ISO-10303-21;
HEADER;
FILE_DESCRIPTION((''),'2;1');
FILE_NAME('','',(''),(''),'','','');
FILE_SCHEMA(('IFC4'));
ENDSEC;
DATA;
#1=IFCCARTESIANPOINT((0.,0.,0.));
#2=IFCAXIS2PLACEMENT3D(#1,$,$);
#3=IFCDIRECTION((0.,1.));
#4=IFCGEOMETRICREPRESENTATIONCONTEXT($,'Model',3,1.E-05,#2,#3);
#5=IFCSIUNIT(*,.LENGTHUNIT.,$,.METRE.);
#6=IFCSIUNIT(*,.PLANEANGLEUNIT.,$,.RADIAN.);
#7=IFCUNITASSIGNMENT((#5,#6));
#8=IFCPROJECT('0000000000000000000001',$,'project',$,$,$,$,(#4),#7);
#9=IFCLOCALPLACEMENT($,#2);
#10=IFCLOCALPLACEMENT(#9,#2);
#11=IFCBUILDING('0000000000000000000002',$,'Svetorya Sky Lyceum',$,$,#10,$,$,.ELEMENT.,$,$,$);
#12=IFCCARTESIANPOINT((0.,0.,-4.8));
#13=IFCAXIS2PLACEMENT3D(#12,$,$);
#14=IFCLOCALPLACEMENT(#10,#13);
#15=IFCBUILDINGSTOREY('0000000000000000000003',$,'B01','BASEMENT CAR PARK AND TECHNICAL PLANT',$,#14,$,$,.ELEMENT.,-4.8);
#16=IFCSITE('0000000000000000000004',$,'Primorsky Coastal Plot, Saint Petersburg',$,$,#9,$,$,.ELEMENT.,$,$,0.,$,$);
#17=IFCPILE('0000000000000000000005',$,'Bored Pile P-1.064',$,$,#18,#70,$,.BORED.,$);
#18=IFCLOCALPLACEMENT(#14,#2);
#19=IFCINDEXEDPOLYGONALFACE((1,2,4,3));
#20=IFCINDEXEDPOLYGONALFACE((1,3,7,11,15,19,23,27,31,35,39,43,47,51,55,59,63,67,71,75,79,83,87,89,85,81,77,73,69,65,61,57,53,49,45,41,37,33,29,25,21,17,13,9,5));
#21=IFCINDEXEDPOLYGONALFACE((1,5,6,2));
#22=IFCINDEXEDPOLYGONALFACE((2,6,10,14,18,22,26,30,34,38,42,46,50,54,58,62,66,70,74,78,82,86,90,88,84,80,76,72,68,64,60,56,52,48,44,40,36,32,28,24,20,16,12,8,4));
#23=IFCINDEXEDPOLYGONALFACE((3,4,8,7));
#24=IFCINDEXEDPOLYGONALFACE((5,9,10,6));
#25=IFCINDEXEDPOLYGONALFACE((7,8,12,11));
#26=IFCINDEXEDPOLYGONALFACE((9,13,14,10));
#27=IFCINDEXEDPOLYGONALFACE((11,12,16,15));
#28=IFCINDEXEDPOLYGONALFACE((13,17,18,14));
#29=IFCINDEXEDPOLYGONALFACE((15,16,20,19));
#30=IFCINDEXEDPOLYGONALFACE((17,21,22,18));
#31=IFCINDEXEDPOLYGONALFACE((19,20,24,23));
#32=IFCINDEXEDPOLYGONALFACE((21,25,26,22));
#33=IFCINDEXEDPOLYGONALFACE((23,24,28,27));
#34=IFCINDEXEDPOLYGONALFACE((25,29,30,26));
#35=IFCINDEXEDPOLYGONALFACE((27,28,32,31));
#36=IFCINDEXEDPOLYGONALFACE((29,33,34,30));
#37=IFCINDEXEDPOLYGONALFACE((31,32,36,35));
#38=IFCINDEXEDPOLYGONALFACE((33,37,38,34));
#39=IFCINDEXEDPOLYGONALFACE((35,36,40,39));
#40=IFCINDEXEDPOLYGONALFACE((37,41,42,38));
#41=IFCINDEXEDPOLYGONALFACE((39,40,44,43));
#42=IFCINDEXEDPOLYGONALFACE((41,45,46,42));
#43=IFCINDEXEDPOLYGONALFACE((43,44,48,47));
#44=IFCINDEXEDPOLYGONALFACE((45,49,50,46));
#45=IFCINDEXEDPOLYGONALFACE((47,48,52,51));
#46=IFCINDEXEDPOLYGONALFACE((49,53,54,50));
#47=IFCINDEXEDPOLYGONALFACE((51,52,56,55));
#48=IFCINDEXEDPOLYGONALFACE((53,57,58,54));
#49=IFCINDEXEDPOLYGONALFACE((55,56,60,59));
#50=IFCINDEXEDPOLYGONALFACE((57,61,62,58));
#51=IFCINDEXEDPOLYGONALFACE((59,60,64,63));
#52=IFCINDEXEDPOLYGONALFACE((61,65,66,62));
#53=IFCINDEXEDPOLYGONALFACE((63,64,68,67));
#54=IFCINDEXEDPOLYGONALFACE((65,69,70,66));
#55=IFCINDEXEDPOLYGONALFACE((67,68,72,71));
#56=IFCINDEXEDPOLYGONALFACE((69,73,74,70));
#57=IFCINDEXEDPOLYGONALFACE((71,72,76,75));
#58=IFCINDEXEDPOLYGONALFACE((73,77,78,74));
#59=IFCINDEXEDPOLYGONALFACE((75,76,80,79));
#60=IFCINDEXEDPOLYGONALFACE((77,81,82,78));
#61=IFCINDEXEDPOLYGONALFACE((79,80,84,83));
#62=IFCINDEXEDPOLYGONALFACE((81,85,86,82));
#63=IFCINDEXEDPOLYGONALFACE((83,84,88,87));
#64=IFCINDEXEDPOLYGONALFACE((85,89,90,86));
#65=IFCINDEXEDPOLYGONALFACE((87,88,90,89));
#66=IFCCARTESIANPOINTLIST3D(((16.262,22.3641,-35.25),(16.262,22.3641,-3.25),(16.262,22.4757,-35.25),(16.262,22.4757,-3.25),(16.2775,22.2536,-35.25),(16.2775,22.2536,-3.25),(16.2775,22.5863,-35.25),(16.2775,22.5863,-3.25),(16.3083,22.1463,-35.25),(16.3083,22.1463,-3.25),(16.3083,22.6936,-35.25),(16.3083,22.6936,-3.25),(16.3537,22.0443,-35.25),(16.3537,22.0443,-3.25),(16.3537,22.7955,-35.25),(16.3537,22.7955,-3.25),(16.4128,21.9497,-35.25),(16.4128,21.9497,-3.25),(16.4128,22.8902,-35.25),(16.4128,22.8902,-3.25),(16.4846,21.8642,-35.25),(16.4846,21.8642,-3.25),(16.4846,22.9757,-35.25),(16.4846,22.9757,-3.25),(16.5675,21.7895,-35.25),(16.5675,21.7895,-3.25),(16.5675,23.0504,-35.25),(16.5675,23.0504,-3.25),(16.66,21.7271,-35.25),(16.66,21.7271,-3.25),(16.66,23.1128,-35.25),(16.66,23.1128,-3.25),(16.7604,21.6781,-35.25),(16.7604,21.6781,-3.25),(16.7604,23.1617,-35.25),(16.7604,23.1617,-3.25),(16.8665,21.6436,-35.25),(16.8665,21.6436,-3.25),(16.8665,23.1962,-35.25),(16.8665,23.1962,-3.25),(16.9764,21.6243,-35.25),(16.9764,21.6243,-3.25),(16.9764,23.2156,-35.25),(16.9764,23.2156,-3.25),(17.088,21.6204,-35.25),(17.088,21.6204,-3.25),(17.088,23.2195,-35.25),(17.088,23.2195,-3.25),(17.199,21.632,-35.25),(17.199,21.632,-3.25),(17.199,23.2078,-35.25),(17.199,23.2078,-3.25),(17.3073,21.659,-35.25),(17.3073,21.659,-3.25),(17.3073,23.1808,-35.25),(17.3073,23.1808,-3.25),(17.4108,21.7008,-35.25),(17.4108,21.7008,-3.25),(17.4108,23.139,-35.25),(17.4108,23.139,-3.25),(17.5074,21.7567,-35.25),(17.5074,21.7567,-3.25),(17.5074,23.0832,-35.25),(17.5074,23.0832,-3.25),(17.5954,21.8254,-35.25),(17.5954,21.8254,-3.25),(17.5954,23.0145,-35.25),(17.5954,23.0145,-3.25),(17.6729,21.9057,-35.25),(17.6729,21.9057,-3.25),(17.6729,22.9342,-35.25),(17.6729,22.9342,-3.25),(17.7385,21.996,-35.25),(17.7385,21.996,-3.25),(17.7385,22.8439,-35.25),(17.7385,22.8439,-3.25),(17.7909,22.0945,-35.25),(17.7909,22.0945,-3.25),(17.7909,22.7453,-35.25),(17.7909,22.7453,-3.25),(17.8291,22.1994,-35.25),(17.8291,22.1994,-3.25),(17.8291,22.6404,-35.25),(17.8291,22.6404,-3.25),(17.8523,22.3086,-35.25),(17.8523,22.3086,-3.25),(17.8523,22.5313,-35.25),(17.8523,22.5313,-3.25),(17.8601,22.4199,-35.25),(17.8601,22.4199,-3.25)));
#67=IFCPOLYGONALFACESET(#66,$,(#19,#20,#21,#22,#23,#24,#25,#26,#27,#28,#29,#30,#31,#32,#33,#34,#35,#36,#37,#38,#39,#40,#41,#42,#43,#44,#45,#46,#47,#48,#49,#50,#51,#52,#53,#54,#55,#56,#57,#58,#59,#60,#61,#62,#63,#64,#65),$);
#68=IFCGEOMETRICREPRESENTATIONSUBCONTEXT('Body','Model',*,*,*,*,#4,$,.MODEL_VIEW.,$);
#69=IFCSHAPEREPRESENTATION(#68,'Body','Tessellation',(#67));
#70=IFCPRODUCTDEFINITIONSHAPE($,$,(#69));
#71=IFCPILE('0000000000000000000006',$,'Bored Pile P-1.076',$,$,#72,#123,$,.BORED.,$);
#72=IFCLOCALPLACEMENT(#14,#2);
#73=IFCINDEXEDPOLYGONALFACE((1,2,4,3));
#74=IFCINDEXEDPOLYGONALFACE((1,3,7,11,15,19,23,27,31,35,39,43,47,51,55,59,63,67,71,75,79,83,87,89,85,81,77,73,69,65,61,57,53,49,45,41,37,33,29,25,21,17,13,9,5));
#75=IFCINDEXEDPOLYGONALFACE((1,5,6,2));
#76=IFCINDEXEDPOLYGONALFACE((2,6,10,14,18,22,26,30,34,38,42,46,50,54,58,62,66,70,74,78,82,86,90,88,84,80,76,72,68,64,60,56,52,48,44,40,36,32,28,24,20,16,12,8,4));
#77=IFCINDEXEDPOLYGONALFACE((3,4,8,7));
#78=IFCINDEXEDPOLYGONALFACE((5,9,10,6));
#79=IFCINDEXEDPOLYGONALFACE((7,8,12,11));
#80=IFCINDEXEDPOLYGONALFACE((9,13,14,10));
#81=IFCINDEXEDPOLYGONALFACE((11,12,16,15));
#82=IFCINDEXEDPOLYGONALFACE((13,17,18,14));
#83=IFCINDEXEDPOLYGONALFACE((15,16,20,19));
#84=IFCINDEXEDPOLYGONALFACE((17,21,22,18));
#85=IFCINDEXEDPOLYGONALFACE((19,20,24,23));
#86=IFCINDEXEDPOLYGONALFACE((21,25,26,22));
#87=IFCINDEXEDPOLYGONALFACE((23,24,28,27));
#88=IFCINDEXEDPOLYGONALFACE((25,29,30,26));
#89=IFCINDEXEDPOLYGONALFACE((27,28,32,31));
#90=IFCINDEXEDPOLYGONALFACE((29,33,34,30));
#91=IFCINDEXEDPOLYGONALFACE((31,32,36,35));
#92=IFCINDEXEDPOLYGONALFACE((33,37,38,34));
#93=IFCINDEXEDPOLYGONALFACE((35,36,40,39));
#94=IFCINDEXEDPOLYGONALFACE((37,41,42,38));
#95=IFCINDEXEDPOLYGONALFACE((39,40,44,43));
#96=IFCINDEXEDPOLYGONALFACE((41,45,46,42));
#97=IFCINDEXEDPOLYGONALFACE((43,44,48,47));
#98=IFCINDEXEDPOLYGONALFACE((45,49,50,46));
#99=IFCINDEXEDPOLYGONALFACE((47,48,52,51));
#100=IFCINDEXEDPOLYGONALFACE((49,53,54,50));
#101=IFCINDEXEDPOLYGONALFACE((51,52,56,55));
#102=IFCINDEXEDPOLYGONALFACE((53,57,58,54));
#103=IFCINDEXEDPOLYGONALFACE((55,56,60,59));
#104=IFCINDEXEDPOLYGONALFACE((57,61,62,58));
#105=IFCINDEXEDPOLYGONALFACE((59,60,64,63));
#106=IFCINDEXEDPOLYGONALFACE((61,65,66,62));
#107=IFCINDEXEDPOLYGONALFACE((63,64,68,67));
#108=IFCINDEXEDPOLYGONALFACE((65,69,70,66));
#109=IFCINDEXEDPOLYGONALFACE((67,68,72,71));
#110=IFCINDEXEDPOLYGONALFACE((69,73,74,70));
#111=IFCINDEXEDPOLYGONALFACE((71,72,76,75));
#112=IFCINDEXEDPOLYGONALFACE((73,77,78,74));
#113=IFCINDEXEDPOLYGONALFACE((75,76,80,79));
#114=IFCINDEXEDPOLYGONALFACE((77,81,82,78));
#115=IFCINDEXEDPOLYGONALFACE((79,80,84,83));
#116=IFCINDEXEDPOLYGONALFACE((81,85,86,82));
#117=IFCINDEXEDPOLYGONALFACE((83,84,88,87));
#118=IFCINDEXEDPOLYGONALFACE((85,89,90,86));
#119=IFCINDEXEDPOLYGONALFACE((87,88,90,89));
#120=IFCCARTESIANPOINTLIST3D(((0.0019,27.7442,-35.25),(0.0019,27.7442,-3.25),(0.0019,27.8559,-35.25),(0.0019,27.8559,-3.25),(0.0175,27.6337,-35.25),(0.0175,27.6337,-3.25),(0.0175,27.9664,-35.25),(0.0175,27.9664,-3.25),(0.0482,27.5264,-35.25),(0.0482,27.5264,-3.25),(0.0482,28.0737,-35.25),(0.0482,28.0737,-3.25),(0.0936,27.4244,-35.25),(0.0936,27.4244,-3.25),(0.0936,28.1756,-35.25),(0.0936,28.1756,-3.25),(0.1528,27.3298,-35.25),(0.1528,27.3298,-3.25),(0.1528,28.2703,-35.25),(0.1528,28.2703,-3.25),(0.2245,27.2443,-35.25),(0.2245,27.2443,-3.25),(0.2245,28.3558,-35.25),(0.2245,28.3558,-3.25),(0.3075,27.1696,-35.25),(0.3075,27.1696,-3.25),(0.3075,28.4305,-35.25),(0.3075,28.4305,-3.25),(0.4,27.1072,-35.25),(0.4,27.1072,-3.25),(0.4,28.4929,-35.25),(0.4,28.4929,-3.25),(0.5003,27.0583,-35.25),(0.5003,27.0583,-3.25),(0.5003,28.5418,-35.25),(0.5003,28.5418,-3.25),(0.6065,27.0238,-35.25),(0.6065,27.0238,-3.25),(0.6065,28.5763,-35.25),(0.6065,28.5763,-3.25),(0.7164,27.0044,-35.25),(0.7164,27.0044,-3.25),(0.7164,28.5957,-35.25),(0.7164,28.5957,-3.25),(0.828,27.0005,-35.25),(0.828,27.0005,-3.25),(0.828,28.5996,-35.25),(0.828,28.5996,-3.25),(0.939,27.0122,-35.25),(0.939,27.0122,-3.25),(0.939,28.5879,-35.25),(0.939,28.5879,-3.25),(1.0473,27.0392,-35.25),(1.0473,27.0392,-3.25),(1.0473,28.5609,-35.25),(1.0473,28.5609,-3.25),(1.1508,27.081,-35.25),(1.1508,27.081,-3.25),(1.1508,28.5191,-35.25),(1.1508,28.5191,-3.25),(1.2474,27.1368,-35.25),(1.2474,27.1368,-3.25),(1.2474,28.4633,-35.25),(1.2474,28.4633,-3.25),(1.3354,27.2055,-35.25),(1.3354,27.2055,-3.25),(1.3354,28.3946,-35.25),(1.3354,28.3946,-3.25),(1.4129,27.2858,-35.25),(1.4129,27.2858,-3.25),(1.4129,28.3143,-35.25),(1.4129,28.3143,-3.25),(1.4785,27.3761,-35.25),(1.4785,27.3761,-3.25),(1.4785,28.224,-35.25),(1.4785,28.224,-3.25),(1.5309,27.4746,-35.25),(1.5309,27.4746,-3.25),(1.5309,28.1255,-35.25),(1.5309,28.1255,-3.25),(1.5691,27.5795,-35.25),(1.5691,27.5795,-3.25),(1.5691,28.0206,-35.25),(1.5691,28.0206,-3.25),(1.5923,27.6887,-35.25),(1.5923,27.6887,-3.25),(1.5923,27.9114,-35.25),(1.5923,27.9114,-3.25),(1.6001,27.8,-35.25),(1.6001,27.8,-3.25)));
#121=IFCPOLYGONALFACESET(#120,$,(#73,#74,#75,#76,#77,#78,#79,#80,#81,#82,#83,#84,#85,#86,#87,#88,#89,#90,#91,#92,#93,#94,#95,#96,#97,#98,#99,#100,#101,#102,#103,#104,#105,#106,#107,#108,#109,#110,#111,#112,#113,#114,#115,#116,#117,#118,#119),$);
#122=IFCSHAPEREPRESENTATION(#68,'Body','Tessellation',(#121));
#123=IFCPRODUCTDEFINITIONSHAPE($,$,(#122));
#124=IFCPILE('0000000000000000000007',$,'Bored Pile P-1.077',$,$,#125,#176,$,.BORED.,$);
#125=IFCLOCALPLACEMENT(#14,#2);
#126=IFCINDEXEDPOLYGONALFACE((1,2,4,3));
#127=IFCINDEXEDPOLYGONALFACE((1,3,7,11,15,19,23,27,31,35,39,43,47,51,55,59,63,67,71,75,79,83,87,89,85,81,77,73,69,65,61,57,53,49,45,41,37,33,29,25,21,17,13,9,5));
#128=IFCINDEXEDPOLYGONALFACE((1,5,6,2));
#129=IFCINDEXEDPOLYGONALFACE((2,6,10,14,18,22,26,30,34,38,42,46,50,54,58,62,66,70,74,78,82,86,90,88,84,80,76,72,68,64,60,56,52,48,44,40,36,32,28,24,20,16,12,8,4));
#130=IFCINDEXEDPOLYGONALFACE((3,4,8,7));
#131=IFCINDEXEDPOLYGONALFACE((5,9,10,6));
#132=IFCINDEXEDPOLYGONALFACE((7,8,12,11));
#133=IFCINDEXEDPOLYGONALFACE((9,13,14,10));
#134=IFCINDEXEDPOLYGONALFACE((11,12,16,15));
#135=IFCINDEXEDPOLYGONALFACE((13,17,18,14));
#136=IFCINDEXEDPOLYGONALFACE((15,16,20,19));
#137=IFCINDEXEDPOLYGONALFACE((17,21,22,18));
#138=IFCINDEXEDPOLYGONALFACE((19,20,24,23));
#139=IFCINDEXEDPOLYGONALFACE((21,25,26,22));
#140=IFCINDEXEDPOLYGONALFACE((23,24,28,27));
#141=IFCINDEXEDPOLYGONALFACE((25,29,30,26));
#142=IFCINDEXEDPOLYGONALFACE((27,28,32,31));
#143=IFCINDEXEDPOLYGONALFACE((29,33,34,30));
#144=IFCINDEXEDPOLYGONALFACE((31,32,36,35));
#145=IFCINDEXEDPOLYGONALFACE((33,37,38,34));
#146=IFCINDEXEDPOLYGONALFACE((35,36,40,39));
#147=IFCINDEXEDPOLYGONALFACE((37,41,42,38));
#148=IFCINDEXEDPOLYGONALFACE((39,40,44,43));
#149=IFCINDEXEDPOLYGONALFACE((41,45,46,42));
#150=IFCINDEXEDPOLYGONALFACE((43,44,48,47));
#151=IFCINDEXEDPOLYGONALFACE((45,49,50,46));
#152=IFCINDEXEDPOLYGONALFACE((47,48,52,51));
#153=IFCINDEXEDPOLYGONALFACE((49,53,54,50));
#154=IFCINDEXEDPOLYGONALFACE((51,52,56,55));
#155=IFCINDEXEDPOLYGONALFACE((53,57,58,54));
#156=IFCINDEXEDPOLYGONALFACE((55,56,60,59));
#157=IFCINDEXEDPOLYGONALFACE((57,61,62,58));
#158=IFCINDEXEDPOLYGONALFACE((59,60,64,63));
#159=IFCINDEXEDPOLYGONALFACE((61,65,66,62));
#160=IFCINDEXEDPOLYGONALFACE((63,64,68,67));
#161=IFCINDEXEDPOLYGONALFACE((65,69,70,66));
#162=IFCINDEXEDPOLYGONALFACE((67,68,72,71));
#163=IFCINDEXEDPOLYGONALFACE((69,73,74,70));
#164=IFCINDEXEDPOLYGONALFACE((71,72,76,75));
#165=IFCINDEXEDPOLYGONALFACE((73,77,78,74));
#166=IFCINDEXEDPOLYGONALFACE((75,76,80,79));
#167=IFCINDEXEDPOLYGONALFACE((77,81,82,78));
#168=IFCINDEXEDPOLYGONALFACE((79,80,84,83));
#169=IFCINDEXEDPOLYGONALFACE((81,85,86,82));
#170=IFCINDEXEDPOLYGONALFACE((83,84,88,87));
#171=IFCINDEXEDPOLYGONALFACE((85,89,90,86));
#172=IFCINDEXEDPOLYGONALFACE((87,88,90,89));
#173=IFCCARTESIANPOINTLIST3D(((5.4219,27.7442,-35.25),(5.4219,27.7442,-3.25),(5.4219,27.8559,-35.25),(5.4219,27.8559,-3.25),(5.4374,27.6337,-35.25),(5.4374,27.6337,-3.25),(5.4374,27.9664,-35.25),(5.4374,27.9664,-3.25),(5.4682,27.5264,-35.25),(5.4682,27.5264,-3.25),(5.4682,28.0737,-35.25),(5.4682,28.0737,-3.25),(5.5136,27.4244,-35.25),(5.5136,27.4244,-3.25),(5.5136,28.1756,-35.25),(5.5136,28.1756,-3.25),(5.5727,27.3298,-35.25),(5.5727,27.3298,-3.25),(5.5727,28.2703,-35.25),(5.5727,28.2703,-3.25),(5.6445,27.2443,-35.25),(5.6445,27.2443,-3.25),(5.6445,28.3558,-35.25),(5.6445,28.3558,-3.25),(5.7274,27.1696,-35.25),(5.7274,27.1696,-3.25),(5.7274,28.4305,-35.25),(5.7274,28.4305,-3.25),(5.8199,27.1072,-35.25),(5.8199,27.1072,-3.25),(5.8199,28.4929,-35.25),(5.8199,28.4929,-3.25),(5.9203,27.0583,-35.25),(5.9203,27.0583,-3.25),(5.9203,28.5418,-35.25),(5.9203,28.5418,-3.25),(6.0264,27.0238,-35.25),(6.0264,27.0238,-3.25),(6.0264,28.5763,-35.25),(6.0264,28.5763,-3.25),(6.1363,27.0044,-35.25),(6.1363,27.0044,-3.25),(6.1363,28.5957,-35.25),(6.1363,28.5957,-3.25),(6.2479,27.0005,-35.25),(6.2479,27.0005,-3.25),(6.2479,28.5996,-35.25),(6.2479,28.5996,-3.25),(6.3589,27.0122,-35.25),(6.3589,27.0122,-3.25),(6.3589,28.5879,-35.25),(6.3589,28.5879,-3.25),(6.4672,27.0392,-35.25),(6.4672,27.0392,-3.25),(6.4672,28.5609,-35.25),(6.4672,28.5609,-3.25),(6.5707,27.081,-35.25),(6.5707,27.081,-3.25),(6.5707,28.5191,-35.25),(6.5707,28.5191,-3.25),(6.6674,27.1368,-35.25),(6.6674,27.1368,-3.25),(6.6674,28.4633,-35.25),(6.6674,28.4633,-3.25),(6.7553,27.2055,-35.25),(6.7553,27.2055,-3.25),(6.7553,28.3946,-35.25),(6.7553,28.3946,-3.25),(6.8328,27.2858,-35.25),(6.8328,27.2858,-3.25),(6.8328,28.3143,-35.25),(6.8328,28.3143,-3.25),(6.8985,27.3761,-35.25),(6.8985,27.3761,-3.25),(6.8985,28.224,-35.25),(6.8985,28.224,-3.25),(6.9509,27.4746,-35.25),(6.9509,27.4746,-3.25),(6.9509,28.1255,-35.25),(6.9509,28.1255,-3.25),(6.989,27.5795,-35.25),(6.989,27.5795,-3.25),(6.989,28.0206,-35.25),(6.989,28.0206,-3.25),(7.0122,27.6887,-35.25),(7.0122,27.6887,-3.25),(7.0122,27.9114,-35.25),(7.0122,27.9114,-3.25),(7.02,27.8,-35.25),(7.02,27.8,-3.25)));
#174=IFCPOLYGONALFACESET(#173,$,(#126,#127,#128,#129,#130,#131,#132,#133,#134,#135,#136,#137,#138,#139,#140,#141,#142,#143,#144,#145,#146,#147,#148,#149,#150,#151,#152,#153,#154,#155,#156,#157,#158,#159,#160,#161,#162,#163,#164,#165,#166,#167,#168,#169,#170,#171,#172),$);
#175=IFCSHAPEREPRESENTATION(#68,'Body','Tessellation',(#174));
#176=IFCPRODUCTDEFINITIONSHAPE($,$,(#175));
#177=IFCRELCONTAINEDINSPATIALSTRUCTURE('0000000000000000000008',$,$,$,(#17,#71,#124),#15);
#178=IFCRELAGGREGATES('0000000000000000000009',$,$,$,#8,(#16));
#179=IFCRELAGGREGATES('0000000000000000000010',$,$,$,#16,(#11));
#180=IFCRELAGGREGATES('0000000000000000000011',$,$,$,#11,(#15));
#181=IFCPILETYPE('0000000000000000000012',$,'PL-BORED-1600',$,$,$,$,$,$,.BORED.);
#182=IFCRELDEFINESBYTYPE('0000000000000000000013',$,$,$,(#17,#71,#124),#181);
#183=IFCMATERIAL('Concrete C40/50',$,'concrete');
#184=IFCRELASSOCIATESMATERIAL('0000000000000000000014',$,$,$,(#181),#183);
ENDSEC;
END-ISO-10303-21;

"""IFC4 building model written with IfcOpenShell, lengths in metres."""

from ifc_helpers import new_model, si_unit, direction, frame, origin, origin_2d, place, context, subcontext, project, spatial, circle, extrude, material, material_profile, profile_set, type_object, element, save


model = new_model("IFC4")

# Units and contexts
model_context = context("Model", 3, precision=1e-05, world=origin(), true_north=direction((0.0, 1.0)))
body_context = subcontext(model_context, "Body", "Model", "MODEL_VIEW")
ifc_project = project(units=[si_unit("LENGTHUNIT", "METRE"), si_unit("PLANEANGLEUNIT", "RADIAN")], contexts=[model_context])

# Site, building, storey
site_placement = place(None, origin())
site = spatial("IfcSite", under=ifc_project, at=site_placement, Name="Primorsky Coastal Plot, Saint Petersburg", CompositionType="ELEMENT", RefElevation=0.0)
building_placement = place(site_placement, origin())
building = spatial("IfcBuilding", under=site, at=building_placement, Name="Svetorya Sky Lyceum", CompositionType="ELEMENT")
storey_placement = place(building_placement, frame((0.0, 0.0, -4.8)))
storey = spatial("IfcBuildingStorey", under=building, at=storey_placement, Name="B01", Description="BASEMENT CAR PARK AND TECHNICAL PLANT", CompositionType="ELEMENT", Elevation=-4.8)

# Piles
ifc_material_1 = material(Name="Concrete C40/50", Category="concrete")
ifc_material_profile_1 = material_profile(ifc_material_1, circle(Radius=0.8, at=origin_2d()), Name="RC PILE D1600")
ifc_profile_set_1 = profile_set([ifc_material_profile_1], Name="Concrete C40/50")
pile_type = type_object("IfcPileType", Name="PL-BORED-1600", PredefinedType="BORED", material=ifc_profile_set_1)
for number, where, z_axis, x_axis, name in (
    (1, (17.0601, 22.4199, -3.25), (0.0, 0.0, -1.0), (1.0, 0.0, 0.0), "Bored Pile P-1.064"),
    (2, (0.8, 27.8, -3.25), (0.0, 0.0, -1.0), (1.0, 0.0, 0.0), "Bored Pile P-1.076"),
    (3, (6.22, 27.8, -3.25), (0.0, 0.0, -1.0), (1.0, 0.0, 0.0), "Bored Pile P-1.077"),
):
    element("IfcPile", number, at=place(storey_placement, frame(where, z_axis=z_axis, x_axis=x_axis)), inside=storey, type_object=pile_type, Name=name, PredefinedType="BORED", context=body_context, shape_type="SweptSolid", body=[
        extrude(circle(Radius=0.8, at=origin_2d()), origin(), (0.0, 0.0, 1.0), 32.0),
    ])

save(model, "model.ifc")
